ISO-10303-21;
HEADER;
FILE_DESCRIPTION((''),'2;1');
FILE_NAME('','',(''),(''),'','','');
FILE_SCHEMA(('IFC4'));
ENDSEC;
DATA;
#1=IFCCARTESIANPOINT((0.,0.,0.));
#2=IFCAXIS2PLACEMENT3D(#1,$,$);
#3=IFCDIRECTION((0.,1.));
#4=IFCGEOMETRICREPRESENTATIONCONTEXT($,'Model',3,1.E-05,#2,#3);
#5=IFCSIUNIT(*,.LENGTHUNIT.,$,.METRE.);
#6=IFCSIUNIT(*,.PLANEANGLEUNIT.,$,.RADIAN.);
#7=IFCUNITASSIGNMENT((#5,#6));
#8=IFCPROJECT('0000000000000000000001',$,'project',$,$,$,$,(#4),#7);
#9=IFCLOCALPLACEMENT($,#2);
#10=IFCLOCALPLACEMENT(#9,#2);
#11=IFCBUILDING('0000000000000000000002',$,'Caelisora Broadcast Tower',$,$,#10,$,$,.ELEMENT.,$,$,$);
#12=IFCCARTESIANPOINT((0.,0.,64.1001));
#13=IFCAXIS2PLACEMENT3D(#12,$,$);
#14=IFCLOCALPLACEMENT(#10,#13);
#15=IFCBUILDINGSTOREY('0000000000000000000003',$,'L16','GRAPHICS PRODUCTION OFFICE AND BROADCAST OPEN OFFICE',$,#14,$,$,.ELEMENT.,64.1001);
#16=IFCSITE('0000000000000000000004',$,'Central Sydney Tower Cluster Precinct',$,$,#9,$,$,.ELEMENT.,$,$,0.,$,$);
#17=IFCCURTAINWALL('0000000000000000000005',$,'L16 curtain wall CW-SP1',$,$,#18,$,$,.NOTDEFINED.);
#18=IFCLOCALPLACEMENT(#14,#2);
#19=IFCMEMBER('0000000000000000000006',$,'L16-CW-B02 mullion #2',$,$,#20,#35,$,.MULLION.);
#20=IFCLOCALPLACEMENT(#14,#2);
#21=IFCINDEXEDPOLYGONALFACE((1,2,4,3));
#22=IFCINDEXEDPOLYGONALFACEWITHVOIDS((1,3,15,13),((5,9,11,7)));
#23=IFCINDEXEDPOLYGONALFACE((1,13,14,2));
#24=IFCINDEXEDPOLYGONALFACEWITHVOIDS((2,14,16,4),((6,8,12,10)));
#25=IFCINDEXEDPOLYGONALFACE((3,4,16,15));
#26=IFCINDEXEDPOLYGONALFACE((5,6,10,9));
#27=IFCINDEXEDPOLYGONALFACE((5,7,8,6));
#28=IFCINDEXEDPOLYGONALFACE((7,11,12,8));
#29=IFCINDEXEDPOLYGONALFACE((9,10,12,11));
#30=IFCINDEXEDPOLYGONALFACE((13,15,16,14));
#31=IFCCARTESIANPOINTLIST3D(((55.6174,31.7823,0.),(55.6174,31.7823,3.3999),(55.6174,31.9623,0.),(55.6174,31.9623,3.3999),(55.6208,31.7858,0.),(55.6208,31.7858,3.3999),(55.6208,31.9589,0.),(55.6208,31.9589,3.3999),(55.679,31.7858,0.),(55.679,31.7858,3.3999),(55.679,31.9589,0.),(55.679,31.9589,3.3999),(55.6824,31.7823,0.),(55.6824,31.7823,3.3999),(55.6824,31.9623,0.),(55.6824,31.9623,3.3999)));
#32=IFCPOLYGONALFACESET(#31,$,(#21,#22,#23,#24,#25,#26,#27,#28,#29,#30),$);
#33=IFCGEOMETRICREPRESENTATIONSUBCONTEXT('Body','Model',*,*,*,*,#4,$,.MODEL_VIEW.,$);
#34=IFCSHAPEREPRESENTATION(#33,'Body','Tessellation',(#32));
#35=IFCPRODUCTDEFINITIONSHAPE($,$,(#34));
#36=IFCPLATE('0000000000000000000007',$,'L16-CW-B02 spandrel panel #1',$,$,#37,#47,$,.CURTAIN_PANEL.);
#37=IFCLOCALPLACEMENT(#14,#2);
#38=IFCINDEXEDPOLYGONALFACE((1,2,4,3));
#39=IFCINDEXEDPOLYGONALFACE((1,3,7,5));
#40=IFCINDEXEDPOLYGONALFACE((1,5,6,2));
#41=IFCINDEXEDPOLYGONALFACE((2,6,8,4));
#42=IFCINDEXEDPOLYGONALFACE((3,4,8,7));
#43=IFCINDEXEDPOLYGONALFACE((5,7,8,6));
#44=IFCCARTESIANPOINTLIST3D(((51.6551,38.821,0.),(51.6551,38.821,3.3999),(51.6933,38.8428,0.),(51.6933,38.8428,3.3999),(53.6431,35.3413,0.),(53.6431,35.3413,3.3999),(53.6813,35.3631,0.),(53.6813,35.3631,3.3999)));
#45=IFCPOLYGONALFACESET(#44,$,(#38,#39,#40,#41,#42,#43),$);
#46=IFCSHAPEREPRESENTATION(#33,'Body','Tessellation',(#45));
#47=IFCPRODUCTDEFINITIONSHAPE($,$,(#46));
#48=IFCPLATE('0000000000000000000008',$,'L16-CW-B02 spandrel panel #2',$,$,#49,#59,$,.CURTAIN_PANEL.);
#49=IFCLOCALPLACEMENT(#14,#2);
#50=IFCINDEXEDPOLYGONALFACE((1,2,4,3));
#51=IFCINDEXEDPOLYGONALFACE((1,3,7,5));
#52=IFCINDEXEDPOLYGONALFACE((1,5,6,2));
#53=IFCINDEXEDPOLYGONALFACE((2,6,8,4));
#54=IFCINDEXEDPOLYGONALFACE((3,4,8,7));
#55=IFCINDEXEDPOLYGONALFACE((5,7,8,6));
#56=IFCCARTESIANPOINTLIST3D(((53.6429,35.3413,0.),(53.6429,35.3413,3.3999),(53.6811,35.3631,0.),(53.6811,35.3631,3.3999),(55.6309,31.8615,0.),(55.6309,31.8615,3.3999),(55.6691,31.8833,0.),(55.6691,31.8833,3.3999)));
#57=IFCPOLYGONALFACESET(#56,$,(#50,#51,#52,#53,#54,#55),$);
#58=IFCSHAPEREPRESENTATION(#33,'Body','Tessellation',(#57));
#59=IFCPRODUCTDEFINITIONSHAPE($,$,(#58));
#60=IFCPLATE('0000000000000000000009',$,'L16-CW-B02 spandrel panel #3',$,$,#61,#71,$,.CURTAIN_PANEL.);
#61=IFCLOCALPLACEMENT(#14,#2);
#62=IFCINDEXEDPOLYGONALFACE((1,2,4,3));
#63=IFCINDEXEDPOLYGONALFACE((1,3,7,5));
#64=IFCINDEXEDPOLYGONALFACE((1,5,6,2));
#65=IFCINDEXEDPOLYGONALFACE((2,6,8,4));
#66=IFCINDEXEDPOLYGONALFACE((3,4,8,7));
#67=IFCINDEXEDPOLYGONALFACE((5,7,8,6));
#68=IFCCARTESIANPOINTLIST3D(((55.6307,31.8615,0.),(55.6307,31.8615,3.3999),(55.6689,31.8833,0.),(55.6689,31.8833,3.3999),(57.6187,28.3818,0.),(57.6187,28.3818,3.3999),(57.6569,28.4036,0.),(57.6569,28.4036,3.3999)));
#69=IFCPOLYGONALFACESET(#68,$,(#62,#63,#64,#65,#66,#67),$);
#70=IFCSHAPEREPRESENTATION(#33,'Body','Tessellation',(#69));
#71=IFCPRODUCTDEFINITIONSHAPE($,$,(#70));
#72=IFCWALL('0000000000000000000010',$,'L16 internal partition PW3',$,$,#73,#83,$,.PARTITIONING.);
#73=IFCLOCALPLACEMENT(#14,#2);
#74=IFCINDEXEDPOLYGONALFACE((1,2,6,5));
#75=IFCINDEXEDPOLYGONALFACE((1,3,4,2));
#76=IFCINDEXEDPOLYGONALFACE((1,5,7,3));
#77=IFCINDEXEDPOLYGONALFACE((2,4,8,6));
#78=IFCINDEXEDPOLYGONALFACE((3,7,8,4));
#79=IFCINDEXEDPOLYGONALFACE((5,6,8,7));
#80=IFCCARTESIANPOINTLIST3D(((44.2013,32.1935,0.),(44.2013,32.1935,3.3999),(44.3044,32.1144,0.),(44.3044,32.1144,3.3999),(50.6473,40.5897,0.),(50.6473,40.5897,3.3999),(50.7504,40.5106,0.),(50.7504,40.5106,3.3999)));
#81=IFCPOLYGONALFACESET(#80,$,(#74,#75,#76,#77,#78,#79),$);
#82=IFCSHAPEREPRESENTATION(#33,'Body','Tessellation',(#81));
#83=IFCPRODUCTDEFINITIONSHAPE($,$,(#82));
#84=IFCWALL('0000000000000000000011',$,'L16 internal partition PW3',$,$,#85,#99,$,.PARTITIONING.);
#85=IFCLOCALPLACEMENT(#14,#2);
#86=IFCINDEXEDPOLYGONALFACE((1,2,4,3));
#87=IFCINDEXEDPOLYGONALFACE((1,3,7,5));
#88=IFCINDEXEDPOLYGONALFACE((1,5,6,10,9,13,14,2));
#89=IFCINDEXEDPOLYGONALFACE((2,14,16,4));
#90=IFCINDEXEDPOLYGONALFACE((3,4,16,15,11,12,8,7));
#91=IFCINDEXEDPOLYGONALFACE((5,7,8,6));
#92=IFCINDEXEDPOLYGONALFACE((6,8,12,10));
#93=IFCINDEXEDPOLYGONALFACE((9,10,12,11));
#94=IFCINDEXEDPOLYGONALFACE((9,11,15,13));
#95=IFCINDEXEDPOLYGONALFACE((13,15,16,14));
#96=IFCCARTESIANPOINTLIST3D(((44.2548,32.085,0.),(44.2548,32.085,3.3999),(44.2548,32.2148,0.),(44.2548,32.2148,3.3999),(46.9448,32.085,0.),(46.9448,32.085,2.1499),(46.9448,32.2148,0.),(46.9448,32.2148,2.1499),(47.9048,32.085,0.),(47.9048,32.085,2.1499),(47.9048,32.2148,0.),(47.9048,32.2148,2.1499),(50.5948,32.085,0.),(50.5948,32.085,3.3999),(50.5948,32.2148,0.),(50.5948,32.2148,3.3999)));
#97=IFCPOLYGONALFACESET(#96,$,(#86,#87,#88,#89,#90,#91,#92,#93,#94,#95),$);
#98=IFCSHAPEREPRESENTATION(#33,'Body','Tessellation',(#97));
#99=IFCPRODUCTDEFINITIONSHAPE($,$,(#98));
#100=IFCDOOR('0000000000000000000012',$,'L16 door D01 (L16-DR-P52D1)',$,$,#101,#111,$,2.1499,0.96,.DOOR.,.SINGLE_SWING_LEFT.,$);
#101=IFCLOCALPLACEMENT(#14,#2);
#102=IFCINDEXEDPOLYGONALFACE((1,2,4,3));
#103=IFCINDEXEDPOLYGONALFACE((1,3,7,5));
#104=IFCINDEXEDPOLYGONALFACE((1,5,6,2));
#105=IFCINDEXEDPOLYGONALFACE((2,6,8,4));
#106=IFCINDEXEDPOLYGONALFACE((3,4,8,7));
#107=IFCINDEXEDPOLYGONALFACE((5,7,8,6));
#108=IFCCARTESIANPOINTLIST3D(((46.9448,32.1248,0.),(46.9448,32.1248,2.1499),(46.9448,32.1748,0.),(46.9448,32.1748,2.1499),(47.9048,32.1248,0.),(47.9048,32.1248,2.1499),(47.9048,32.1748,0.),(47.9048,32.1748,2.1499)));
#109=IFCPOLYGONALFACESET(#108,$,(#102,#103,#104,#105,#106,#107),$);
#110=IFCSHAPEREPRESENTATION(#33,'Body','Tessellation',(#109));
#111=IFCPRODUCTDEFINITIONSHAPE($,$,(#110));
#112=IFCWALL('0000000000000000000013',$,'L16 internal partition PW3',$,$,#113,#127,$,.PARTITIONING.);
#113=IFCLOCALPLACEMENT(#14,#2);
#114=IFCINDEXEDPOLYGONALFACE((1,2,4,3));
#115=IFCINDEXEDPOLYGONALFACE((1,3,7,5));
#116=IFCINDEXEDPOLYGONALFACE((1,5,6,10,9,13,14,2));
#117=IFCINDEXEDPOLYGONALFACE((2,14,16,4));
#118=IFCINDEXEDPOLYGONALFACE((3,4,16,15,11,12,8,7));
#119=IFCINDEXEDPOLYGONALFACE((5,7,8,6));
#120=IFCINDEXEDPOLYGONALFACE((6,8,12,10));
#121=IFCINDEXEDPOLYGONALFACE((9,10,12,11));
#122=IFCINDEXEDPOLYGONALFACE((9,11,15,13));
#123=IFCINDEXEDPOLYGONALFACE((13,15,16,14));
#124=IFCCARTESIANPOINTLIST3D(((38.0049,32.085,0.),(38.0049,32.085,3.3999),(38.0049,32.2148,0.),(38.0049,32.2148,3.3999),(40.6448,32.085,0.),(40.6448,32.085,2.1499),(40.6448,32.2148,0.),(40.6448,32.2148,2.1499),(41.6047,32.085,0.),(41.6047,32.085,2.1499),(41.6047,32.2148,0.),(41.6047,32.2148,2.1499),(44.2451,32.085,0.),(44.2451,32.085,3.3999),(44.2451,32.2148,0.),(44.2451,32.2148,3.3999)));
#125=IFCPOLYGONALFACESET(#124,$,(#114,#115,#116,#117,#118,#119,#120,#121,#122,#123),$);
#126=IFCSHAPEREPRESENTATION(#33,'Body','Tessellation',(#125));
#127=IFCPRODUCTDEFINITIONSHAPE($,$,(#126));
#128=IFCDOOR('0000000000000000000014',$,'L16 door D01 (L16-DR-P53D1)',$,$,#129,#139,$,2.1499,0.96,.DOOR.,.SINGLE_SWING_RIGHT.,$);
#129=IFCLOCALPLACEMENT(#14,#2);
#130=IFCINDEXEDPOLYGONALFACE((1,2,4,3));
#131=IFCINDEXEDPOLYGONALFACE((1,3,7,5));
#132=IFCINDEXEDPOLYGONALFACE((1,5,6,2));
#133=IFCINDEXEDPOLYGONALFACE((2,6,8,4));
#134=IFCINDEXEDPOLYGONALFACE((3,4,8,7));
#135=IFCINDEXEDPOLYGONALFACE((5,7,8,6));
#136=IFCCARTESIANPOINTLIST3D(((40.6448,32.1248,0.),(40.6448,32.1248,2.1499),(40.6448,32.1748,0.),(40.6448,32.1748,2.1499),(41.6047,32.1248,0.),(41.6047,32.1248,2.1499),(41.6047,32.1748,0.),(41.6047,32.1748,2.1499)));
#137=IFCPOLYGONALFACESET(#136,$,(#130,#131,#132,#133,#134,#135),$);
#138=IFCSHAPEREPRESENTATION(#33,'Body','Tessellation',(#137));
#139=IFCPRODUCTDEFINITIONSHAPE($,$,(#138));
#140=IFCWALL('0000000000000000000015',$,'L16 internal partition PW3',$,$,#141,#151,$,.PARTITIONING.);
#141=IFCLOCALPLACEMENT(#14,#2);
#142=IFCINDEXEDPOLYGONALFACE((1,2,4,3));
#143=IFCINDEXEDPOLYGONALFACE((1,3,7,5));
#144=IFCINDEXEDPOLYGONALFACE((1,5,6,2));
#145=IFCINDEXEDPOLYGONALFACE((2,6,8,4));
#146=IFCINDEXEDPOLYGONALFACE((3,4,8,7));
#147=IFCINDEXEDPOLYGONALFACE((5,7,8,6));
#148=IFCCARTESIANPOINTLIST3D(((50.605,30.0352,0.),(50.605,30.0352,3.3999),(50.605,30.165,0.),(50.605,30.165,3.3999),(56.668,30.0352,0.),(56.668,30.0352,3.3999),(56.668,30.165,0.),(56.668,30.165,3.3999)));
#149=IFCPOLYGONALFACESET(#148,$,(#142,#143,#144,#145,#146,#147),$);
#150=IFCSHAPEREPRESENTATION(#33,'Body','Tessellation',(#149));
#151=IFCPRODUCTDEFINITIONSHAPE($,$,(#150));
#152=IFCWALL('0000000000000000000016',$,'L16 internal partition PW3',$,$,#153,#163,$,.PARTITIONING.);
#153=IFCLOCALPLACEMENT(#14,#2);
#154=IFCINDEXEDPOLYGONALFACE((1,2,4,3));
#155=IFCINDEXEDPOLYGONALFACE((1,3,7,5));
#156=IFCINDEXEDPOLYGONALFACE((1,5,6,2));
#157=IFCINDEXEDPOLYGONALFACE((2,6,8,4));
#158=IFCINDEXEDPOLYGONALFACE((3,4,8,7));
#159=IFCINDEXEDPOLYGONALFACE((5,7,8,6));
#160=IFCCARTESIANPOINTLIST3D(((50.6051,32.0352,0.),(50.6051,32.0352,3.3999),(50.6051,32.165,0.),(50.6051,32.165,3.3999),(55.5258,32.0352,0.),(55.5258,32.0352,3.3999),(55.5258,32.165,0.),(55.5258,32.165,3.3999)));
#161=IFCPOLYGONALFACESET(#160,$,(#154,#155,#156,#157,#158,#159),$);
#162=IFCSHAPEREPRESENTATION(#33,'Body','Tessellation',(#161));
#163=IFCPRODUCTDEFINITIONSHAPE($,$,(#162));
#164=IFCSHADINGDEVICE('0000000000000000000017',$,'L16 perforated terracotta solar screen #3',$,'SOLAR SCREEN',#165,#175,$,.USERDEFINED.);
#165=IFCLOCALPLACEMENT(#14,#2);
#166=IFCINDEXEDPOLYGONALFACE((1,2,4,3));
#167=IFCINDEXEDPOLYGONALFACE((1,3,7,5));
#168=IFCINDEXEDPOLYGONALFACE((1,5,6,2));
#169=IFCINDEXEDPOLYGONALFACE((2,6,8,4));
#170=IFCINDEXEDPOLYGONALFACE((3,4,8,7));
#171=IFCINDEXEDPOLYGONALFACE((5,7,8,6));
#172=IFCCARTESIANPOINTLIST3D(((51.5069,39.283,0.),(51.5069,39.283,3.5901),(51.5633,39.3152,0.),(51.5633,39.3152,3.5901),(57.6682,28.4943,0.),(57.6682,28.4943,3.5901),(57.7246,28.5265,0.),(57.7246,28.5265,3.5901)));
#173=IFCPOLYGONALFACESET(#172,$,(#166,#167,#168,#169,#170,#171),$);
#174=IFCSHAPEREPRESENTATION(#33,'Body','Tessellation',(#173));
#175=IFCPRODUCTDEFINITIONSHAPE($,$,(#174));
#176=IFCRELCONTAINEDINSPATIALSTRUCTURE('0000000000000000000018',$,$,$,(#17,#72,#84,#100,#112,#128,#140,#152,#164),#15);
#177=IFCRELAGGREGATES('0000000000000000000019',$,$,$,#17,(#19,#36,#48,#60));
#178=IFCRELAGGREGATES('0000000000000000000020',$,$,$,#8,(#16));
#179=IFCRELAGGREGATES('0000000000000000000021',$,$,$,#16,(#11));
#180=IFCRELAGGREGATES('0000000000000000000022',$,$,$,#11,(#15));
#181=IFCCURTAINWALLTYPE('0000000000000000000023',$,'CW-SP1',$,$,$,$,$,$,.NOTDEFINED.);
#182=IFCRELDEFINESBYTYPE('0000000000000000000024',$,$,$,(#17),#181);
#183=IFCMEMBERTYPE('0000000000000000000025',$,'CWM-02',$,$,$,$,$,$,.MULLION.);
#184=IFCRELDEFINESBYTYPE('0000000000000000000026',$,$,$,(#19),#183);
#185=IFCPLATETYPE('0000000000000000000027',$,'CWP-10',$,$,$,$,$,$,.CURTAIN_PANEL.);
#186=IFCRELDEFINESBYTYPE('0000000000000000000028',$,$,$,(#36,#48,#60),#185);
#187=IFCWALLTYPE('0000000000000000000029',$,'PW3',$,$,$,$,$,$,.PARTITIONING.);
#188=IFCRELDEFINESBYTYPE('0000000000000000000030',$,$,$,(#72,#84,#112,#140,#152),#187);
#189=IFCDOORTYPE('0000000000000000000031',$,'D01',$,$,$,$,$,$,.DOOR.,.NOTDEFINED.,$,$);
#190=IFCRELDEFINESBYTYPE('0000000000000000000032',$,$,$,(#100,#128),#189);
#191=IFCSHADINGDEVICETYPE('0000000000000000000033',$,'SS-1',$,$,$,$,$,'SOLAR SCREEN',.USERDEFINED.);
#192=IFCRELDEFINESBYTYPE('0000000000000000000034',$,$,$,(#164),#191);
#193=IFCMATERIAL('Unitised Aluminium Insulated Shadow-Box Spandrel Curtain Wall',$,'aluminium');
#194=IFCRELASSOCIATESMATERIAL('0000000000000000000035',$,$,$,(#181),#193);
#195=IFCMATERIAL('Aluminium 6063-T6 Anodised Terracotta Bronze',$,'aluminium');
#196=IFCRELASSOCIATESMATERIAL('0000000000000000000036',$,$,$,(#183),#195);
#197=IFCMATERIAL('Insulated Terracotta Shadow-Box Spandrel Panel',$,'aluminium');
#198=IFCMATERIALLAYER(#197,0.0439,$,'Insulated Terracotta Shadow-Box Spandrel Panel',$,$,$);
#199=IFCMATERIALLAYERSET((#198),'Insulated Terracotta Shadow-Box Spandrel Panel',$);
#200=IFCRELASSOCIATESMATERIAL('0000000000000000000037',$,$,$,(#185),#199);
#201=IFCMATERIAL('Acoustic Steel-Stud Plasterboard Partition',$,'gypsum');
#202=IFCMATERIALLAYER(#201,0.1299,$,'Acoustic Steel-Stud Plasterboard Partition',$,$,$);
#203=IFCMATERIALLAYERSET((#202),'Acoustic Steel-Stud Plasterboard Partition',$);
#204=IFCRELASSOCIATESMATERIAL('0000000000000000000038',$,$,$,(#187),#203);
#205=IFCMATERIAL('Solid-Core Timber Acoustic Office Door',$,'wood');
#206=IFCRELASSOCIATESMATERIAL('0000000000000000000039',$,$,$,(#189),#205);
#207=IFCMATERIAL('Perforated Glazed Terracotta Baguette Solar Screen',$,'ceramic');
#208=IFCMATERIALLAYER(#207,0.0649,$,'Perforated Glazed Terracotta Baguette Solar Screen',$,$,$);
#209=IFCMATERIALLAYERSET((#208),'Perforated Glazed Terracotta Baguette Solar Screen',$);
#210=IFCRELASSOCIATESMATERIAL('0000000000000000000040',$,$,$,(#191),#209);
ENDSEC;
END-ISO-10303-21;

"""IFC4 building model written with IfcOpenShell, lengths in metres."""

from ifc_helpers import new_model, si_unit, direction, frame, frame_2d, origin, origin_2d, place, context, subcontext, project, spatial, rectangle, hollow_rectangle, extrude, source, transform, mapped, material, layer, layer_set, material_profile, profile_set, type_object, type_shapes, element, fill, aggregate, save


model = new_model("IFC4")

# Units and contexts
model_context = context("Model", 3, precision=1e-05, world=origin(), true_north=direction((0.0, 1.0)))
body_context = subcontext(model_context, "Body", "Model", "MODEL_VIEW")
ifc_project = project(units=[si_unit("LENGTHUNIT", "METRE"), si_unit("PLANEANGLEUNIT", "RADIAN")], contexts=[model_context])

# Site, building, storey
site_placement = place(None, origin())
site = spatial("IfcSite", under=ifc_project, at=site_placement, Name="Central Sydney Tower Cluster Precinct", CompositionType="ELEMENT", RefElevation=0.0)
building_placement = place(site_placement, origin())
building = spatial("IfcBuilding", under=site, at=building_placement, Name="Caelisora Broadcast Tower", CompositionType="ELEMENT")
storey_placement = place(building_placement, frame((0.0, 0.0, 64.1001)))
storey = spatial("IfcBuildingStorey", under=building, at=storey_placement, Name="L16", Description="GRAPHICS PRODUCTION OFFICE AND BROADCAST OPEN OFFICE", CompositionType="ELEMENT", Elevation=64.1001)

# Curtain wall, member, plates
ifc_material_1 = material(Name="Unitised Aluminium Insulated Shadow-Box Spandrel Curtain Wall", Category="aluminium")
curtain_wall_type = type_object("IfcCurtainWallType", Name="CW-SP1", PredefinedType="NOTDEFINED", material=ifc_material_1)
curtain_wall_placement = place(storey_placement, origin())
curtain_wall = element("IfcCurtainWall", 1, at=curtain_wall_placement, inside=storey, type_object=curtain_wall_type, Name="L16 curtain wall CW-SP1", PredefinedType="NOTDEFINED")
ifc_material_2 = material(Name="Aluminium 6063-T6 Anodised Terracotta Bronze", Category="aluminium")
ifc_material_profile_1 = material_profile(ifc_material_2, hollow_rectangle(XDim=0.0649, YDim=0.1799, WallThickness=0.0034, at=origin_2d()), Name="Aluminium 6063-T6 Anodised Terracotta Bronze")
ifc_profile_set_1 = profile_set([ifc_material_profile_1], Name="Aluminium 6063-T6 Anodised Terracotta Bronze")
member_type = type_object("IfcMemberType", Name="CWM-02", PredefinedType="MULLION", material=ifc_profile_set_1)
shared_shape_1 = source(origin(), body_context, "Body", "SweptSolid", [
    extrude(hollow_rectangle(XDim=0.0649, YDim=0.1799, WallThickness=0.0034, at=origin_2d()), origin(), (0.0, 0.0, 1.0), 3.3999),
])
type_shapes(member_type, [shared_shape_1])
member_1_placement = place(storey_placement, frame((55.6499, 31.8723, 0.0), z_axis=(0.0, 0.0, 1.0), x_axis=(1.0, 0.0, 0.0)))
member_1 = element("IfcMember", 2, at=member_1_placement, type_object=member_type, Name="L16-CW-B02 mullion #2", PredefinedType="MULLION", context=body_context, shape_type="MappedRepresentation", body=[
    mapped(shared_shape_1, transform((0.0, 0.0, 0.0), scale=1.0)),
])
ifc_material_3 = material(Name="Insulated Terracotta Shadow-Box Spandrel Panel", Category="aluminium")
ifc_layer_1 = layer(ifc_material_3, 0.0439, Name="Insulated Terracotta Shadow-Box Spandrel Panel")
ifc_layer_set_1 = layer_set([ifc_layer_1], Name="Insulated Terracotta Shadow-Box Spandrel Panel")
plate_type = type_object("IfcPlateType", Name="CWP-10", PredefinedType="CURTAIN_PANEL", material=ifc_layer_set_1)
shared_shape_2 = source(origin(), body_context, "Body", "SweptSolid", [
    extrude(rectangle(XDim=4.0076, YDim=0.0439, at=origin_2d()), origin(), (0.0, 0.0, 1.0), 3.3999),
])
type_shapes(plate_type, [shared_shape_2])
plate_1_placement = place(storey_placement, frame((52.6682, 37.092, 0.0), z_axis=(0.0, 0.0, 1.0), x_axis=(0.496065, -0.868285, 0.0)))
plate_1 = element("IfcPlate", 3, at=plate_1_placement, type_object=plate_type, Name="L16-CW-B02 spandrel panel #1", PredefinedType="CURTAIN_PANEL", context=body_context, shape_type="MappedRepresentation", body=[
    mapped(shared_shape_2, transform((0.0, 0.0, 0.0), scale=1.0)),
])
plate_2_placement = place(storey_placement, frame((54.656, 33.6123, 0.0), z_axis=(0.0, 0.0, 1.0), x_axis=(0.496065, -0.868285, 0.0)))
plate_2 = element("IfcPlate", 4, at=plate_2_placement, type_object=plate_type, Name="L16-CW-B02 spandrel panel #2", PredefinedType="CURTAIN_PANEL", context=body_context, shape_type="MappedRepresentation", body=[
    mapped(shared_shape_2, transform((0.0, 0.0, 0.0), scale=1.0)),
])
plate_3_placement = place(storey_placement, frame((56.6438, 30.1326, 0.0), z_axis=(0.0, 0.0, 1.0), x_axis=(0.496065, -0.868285, 0.0)))
plate_3 = element("IfcPlate", 5, at=plate_3_placement, type_object=plate_type, Name="L16-CW-B02 spandrel panel #3", PredefinedType="CURTAIN_PANEL", context=body_context, shape_type="MappedRepresentation", body=[
    mapped(shared_shape_2, transform((0.0, 0.0, 0.0), scale=1.0)),
])
aggregate(curtain_wall, [member_1, plate_1, plate_2, plate_3])

# Wall
ifc_material_4 = material(Name="Acoustic Steel-Stud Plasterboard Partition", Category="gypsum")
ifc_layer_2 = layer(ifc_material_4, 0.1299, Name="Acoustic Steel-Stud Plasterboard Partition")
ifc_layer_set_2 = layer_set([ifc_layer_2], Name="Acoustic Steel-Stud Plasterboard Partition")
wall_type_1 = type_object("IfcWallType", Name="PW3", PredefinedType="PARTITIONING", material=ifc_layer_set_2)
wall_1_placement = place(storey_placement, frame((44.2529, 32.1541, 0.0), z_axis=(0.0, 0.0, 1.0), x_axis=(0.608963, 0.793199, 0.0)))
element("IfcWall", 6, at=wall_1_placement, inside=storey, type_object=wall_type_1, Name="L16 internal partition PW3", PredefinedType="PARTITIONING", context=body_context, shape_type="SweptSolid", body=[
    extrude(rectangle(XDim=10.5852, YDim=0.1299, at=frame_2d((5.2925, 0.0))), origin(), (0.0, 0.0, 1.0), 3.3999),
])

# Walls, openings, doors
wall_2_placement = place(storey_placement, frame((44.2549, 32.1499, 0.0), z_axis=(0.0, 0.0, 1.0), x_axis=(1.0, 0.0, 0.0)))
wall_2 = element("IfcWall", 7, at=wall_2_placement, inside=storey, type_object=wall_type_1, Name="L16 internal partition PW3", PredefinedType="PARTITIONING", context=body_context, shape_type="SweptSolid", body=[
    extrude(rectangle(XDim=6.3401, YDim=0.1299, at=frame_2d((3.1699, 0.0))), origin(), (0.0, 0.0, 1.0), 3.3999),
])
opening_1_placement = place(wall_2_placement, frame((2.6899, 0.0, 0.0)))
opening_1 = element("IfcOpeningElement", 8, at=opening_1_placement, cuts=wall_2, PredefinedType="OPENING", context=body_context, shape_type="SweptSolid", body=[
    extrude(rectangle(XDim=0.96, YDim=2.1499, at=frame_2d((0.48, 1.075))), frame((0.0, 0.0769, 0.0), z_axis=(0.0, -1.0, 0.0), x_axis=(1.0, 0.0, 0.0)), (0.0, 0.0, 1.0), 0.1538),
])
ifc_material_5 = material(Name="Solid-Core Timber Acoustic Office Door", Category="wood")
door_type_1 = type_object("IfcDoorType", Name="D01", OperationType="NOTDEFINED", PredefinedType="DOOR", material=ifc_material_5)
door_1_placement = place(opening_1_placement, origin())
door_1 = element("IfcDoor", 9, at=door_1_placement, inside=storey, type_object=door_type_1, Name="L16 door D01 (L16-DR-P52D1)", OperationType="SINGLE_SWING_LEFT", OverallHeight=2.1499, OverallWidth=0.96, PredefinedType="DOOR", context=body_context, shape_type="SweptSolid", body=[
    extrude(rectangle(XDim=0.96, YDim=2.1499, at=frame_2d((0.48, 1.075))), frame((0.0, 0.0249, 0.0), z_axis=(0.0, -1.0, 0.0), x_axis=(1.0, 0.0, 0.0)), (0.0, 0.0, 1.0), 0.05),
])
fill(opening_1, door_1)
wall_3_placement = place(storey_placement, frame((38.0049, 32.1499, 0.0), z_axis=(0.0, 0.0, 1.0), x_axis=(1.0, 0.0, 0.0)))
wall_3 = element("IfcWall", 10, at=wall_3_placement, inside=storey, type_object=wall_type_1, Name="L16 internal partition PW3", PredefinedType="PARTITIONING", context=body_context, shape_type="SweptSolid", body=[
    extrude(rectangle(XDim=6.2402, YDim=0.1299, at=frame_2d((3.1201, 0.0))), origin(), (0.0, 0.0, 1.0), 3.3999),
])
opening_2_placement = place(wall_3_placement, frame((2.6399, 0.0, 0.0)))
opening_2 = element("IfcOpeningElement", 11, at=opening_2_placement, cuts=wall_3, PredefinedType="OPENING", context=body_context, shape_type="SweptSolid", body=[
    extrude(rectangle(XDim=0.96, YDim=2.1499, at=frame_2d((0.48, 1.075))), frame((0.0, 0.0769, 0.0), z_axis=(0.0, -1.0, 0.0), x_axis=(1.0, 0.0, 0.0)), (0.0, 0.0, 1.0), 0.1538),
])
door_2_placement = place(opening_2_placement, origin())
door_2 = element("IfcDoor", 12, at=door_2_placement, inside=storey, type_object=door_type_1, Name="L16 door D01 (L16-DR-P53D1)", OperationType="SINGLE_SWING_RIGHT", OverallHeight=2.1499, OverallWidth=0.96, PredefinedType="DOOR", context=body_context, shape_type="SweptSolid", body=[
    extrude(rectangle(XDim=0.96, YDim=2.1499, at=frame_2d((0.48, 1.075))), frame((0.0, 0.0249, 0.0), z_axis=(0.0, -1.0, 0.0), x_axis=(1.0, 0.0, 0.0)), (0.0, 0.0, 1.0), 0.05),
])
fill(opening_2, door_2)

# Walls
wall_4_placement = place(storey_placement, frame((50.605, 30.1001, 0.0), z_axis=(0.0, 0.0, 1.0), x_axis=(1.0, 0.0, 0.0)))
element("IfcWall", 13, at=wall_4_placement, inside=storey, type_object=wall_type_1, Name="L16 internal partition PW3", PredefinedType="PARTITIONING", context=body_context, shape_type="SweptSolid", body=[
    extrude(rectangle(XDim=6.063, YDim=0.1299, at=frame_2d((3.0315, 0.0))), origin(), (0.0, 0.0, 1.0), 3.3999),
])
wall_5_placement = place(storey_placement, frame((50.605, 32.1001, 0.0), z_axis=(0.0, 0.0, 1.0), x_axis=(1.0, 0.0, 0.0)))
element("IfcWall", 14, at=wall_5_placement, inside=storey, type_object=wall_type_1, Name="L16 internal partition PW3", PredefinedType="PARTITIONING", context=body_context, shape_type="SweptSolid", body=[
    extrude(rectangle(XDim=4.9207, YDim=0.1299, at=frame_2d((2.4604, 0.0))), origin(), (0.0, 0.0, 1.0), 3.3999),
])

# Shading device
ifc_material_6 = material(Name="Perforated Glazed Terracotta Baguette Solar Screen", Category="ceramic")
ifc_layer_3 = layer(ifc_material_6, 0.0649, Name="Perforated Glazed Terracotta Baguette Solar Screen")
ifc_layer_set_3 = layer_set([ifc_layer_3], Name="Perforated Glazed Terracotta Baguette Solar Screen")
shading_device_type = type_object("IfcShadingDeviceType", Name="SS-1", ElementType="SOLAR SCREEN", PredefinedType="USERDEFINED", material=ifc_layer_set_3)
shared_shape_3 = source(origin(), body_context, "Body", "SweptSolid", [
    extrude(rectangle(XDim=12.4241, YDim=0.0649, at=origin_2d()), origin(), (0.0, 0.0, 1.0), 3.5901),
])
type_shapes(shading_device_type, [shared_shape_3])
shading_device_placement = place(storey_placement, frame((54.6157, 33.9048, 0.0), z_axis=(0.0, 0.0, 1.0), x_axis=(-0.495913, 0.868372, 0.0)))
element("IfcShadingDevice", 15, at=shading_device_placement, inside=storey, type_object=shading_device_type, Name="L16 perforated terracotta solar screen #3", ObjectType="SOLAR SCREEN", PredefinedType="USERDEFINED", context=body_context, shape_type="MappedRepresentation", body=[
    mapped(shared_shape_3, transform((0.0, 0.0, 0.0), scale=1.0)),
])

save(model, "model.ifc")
